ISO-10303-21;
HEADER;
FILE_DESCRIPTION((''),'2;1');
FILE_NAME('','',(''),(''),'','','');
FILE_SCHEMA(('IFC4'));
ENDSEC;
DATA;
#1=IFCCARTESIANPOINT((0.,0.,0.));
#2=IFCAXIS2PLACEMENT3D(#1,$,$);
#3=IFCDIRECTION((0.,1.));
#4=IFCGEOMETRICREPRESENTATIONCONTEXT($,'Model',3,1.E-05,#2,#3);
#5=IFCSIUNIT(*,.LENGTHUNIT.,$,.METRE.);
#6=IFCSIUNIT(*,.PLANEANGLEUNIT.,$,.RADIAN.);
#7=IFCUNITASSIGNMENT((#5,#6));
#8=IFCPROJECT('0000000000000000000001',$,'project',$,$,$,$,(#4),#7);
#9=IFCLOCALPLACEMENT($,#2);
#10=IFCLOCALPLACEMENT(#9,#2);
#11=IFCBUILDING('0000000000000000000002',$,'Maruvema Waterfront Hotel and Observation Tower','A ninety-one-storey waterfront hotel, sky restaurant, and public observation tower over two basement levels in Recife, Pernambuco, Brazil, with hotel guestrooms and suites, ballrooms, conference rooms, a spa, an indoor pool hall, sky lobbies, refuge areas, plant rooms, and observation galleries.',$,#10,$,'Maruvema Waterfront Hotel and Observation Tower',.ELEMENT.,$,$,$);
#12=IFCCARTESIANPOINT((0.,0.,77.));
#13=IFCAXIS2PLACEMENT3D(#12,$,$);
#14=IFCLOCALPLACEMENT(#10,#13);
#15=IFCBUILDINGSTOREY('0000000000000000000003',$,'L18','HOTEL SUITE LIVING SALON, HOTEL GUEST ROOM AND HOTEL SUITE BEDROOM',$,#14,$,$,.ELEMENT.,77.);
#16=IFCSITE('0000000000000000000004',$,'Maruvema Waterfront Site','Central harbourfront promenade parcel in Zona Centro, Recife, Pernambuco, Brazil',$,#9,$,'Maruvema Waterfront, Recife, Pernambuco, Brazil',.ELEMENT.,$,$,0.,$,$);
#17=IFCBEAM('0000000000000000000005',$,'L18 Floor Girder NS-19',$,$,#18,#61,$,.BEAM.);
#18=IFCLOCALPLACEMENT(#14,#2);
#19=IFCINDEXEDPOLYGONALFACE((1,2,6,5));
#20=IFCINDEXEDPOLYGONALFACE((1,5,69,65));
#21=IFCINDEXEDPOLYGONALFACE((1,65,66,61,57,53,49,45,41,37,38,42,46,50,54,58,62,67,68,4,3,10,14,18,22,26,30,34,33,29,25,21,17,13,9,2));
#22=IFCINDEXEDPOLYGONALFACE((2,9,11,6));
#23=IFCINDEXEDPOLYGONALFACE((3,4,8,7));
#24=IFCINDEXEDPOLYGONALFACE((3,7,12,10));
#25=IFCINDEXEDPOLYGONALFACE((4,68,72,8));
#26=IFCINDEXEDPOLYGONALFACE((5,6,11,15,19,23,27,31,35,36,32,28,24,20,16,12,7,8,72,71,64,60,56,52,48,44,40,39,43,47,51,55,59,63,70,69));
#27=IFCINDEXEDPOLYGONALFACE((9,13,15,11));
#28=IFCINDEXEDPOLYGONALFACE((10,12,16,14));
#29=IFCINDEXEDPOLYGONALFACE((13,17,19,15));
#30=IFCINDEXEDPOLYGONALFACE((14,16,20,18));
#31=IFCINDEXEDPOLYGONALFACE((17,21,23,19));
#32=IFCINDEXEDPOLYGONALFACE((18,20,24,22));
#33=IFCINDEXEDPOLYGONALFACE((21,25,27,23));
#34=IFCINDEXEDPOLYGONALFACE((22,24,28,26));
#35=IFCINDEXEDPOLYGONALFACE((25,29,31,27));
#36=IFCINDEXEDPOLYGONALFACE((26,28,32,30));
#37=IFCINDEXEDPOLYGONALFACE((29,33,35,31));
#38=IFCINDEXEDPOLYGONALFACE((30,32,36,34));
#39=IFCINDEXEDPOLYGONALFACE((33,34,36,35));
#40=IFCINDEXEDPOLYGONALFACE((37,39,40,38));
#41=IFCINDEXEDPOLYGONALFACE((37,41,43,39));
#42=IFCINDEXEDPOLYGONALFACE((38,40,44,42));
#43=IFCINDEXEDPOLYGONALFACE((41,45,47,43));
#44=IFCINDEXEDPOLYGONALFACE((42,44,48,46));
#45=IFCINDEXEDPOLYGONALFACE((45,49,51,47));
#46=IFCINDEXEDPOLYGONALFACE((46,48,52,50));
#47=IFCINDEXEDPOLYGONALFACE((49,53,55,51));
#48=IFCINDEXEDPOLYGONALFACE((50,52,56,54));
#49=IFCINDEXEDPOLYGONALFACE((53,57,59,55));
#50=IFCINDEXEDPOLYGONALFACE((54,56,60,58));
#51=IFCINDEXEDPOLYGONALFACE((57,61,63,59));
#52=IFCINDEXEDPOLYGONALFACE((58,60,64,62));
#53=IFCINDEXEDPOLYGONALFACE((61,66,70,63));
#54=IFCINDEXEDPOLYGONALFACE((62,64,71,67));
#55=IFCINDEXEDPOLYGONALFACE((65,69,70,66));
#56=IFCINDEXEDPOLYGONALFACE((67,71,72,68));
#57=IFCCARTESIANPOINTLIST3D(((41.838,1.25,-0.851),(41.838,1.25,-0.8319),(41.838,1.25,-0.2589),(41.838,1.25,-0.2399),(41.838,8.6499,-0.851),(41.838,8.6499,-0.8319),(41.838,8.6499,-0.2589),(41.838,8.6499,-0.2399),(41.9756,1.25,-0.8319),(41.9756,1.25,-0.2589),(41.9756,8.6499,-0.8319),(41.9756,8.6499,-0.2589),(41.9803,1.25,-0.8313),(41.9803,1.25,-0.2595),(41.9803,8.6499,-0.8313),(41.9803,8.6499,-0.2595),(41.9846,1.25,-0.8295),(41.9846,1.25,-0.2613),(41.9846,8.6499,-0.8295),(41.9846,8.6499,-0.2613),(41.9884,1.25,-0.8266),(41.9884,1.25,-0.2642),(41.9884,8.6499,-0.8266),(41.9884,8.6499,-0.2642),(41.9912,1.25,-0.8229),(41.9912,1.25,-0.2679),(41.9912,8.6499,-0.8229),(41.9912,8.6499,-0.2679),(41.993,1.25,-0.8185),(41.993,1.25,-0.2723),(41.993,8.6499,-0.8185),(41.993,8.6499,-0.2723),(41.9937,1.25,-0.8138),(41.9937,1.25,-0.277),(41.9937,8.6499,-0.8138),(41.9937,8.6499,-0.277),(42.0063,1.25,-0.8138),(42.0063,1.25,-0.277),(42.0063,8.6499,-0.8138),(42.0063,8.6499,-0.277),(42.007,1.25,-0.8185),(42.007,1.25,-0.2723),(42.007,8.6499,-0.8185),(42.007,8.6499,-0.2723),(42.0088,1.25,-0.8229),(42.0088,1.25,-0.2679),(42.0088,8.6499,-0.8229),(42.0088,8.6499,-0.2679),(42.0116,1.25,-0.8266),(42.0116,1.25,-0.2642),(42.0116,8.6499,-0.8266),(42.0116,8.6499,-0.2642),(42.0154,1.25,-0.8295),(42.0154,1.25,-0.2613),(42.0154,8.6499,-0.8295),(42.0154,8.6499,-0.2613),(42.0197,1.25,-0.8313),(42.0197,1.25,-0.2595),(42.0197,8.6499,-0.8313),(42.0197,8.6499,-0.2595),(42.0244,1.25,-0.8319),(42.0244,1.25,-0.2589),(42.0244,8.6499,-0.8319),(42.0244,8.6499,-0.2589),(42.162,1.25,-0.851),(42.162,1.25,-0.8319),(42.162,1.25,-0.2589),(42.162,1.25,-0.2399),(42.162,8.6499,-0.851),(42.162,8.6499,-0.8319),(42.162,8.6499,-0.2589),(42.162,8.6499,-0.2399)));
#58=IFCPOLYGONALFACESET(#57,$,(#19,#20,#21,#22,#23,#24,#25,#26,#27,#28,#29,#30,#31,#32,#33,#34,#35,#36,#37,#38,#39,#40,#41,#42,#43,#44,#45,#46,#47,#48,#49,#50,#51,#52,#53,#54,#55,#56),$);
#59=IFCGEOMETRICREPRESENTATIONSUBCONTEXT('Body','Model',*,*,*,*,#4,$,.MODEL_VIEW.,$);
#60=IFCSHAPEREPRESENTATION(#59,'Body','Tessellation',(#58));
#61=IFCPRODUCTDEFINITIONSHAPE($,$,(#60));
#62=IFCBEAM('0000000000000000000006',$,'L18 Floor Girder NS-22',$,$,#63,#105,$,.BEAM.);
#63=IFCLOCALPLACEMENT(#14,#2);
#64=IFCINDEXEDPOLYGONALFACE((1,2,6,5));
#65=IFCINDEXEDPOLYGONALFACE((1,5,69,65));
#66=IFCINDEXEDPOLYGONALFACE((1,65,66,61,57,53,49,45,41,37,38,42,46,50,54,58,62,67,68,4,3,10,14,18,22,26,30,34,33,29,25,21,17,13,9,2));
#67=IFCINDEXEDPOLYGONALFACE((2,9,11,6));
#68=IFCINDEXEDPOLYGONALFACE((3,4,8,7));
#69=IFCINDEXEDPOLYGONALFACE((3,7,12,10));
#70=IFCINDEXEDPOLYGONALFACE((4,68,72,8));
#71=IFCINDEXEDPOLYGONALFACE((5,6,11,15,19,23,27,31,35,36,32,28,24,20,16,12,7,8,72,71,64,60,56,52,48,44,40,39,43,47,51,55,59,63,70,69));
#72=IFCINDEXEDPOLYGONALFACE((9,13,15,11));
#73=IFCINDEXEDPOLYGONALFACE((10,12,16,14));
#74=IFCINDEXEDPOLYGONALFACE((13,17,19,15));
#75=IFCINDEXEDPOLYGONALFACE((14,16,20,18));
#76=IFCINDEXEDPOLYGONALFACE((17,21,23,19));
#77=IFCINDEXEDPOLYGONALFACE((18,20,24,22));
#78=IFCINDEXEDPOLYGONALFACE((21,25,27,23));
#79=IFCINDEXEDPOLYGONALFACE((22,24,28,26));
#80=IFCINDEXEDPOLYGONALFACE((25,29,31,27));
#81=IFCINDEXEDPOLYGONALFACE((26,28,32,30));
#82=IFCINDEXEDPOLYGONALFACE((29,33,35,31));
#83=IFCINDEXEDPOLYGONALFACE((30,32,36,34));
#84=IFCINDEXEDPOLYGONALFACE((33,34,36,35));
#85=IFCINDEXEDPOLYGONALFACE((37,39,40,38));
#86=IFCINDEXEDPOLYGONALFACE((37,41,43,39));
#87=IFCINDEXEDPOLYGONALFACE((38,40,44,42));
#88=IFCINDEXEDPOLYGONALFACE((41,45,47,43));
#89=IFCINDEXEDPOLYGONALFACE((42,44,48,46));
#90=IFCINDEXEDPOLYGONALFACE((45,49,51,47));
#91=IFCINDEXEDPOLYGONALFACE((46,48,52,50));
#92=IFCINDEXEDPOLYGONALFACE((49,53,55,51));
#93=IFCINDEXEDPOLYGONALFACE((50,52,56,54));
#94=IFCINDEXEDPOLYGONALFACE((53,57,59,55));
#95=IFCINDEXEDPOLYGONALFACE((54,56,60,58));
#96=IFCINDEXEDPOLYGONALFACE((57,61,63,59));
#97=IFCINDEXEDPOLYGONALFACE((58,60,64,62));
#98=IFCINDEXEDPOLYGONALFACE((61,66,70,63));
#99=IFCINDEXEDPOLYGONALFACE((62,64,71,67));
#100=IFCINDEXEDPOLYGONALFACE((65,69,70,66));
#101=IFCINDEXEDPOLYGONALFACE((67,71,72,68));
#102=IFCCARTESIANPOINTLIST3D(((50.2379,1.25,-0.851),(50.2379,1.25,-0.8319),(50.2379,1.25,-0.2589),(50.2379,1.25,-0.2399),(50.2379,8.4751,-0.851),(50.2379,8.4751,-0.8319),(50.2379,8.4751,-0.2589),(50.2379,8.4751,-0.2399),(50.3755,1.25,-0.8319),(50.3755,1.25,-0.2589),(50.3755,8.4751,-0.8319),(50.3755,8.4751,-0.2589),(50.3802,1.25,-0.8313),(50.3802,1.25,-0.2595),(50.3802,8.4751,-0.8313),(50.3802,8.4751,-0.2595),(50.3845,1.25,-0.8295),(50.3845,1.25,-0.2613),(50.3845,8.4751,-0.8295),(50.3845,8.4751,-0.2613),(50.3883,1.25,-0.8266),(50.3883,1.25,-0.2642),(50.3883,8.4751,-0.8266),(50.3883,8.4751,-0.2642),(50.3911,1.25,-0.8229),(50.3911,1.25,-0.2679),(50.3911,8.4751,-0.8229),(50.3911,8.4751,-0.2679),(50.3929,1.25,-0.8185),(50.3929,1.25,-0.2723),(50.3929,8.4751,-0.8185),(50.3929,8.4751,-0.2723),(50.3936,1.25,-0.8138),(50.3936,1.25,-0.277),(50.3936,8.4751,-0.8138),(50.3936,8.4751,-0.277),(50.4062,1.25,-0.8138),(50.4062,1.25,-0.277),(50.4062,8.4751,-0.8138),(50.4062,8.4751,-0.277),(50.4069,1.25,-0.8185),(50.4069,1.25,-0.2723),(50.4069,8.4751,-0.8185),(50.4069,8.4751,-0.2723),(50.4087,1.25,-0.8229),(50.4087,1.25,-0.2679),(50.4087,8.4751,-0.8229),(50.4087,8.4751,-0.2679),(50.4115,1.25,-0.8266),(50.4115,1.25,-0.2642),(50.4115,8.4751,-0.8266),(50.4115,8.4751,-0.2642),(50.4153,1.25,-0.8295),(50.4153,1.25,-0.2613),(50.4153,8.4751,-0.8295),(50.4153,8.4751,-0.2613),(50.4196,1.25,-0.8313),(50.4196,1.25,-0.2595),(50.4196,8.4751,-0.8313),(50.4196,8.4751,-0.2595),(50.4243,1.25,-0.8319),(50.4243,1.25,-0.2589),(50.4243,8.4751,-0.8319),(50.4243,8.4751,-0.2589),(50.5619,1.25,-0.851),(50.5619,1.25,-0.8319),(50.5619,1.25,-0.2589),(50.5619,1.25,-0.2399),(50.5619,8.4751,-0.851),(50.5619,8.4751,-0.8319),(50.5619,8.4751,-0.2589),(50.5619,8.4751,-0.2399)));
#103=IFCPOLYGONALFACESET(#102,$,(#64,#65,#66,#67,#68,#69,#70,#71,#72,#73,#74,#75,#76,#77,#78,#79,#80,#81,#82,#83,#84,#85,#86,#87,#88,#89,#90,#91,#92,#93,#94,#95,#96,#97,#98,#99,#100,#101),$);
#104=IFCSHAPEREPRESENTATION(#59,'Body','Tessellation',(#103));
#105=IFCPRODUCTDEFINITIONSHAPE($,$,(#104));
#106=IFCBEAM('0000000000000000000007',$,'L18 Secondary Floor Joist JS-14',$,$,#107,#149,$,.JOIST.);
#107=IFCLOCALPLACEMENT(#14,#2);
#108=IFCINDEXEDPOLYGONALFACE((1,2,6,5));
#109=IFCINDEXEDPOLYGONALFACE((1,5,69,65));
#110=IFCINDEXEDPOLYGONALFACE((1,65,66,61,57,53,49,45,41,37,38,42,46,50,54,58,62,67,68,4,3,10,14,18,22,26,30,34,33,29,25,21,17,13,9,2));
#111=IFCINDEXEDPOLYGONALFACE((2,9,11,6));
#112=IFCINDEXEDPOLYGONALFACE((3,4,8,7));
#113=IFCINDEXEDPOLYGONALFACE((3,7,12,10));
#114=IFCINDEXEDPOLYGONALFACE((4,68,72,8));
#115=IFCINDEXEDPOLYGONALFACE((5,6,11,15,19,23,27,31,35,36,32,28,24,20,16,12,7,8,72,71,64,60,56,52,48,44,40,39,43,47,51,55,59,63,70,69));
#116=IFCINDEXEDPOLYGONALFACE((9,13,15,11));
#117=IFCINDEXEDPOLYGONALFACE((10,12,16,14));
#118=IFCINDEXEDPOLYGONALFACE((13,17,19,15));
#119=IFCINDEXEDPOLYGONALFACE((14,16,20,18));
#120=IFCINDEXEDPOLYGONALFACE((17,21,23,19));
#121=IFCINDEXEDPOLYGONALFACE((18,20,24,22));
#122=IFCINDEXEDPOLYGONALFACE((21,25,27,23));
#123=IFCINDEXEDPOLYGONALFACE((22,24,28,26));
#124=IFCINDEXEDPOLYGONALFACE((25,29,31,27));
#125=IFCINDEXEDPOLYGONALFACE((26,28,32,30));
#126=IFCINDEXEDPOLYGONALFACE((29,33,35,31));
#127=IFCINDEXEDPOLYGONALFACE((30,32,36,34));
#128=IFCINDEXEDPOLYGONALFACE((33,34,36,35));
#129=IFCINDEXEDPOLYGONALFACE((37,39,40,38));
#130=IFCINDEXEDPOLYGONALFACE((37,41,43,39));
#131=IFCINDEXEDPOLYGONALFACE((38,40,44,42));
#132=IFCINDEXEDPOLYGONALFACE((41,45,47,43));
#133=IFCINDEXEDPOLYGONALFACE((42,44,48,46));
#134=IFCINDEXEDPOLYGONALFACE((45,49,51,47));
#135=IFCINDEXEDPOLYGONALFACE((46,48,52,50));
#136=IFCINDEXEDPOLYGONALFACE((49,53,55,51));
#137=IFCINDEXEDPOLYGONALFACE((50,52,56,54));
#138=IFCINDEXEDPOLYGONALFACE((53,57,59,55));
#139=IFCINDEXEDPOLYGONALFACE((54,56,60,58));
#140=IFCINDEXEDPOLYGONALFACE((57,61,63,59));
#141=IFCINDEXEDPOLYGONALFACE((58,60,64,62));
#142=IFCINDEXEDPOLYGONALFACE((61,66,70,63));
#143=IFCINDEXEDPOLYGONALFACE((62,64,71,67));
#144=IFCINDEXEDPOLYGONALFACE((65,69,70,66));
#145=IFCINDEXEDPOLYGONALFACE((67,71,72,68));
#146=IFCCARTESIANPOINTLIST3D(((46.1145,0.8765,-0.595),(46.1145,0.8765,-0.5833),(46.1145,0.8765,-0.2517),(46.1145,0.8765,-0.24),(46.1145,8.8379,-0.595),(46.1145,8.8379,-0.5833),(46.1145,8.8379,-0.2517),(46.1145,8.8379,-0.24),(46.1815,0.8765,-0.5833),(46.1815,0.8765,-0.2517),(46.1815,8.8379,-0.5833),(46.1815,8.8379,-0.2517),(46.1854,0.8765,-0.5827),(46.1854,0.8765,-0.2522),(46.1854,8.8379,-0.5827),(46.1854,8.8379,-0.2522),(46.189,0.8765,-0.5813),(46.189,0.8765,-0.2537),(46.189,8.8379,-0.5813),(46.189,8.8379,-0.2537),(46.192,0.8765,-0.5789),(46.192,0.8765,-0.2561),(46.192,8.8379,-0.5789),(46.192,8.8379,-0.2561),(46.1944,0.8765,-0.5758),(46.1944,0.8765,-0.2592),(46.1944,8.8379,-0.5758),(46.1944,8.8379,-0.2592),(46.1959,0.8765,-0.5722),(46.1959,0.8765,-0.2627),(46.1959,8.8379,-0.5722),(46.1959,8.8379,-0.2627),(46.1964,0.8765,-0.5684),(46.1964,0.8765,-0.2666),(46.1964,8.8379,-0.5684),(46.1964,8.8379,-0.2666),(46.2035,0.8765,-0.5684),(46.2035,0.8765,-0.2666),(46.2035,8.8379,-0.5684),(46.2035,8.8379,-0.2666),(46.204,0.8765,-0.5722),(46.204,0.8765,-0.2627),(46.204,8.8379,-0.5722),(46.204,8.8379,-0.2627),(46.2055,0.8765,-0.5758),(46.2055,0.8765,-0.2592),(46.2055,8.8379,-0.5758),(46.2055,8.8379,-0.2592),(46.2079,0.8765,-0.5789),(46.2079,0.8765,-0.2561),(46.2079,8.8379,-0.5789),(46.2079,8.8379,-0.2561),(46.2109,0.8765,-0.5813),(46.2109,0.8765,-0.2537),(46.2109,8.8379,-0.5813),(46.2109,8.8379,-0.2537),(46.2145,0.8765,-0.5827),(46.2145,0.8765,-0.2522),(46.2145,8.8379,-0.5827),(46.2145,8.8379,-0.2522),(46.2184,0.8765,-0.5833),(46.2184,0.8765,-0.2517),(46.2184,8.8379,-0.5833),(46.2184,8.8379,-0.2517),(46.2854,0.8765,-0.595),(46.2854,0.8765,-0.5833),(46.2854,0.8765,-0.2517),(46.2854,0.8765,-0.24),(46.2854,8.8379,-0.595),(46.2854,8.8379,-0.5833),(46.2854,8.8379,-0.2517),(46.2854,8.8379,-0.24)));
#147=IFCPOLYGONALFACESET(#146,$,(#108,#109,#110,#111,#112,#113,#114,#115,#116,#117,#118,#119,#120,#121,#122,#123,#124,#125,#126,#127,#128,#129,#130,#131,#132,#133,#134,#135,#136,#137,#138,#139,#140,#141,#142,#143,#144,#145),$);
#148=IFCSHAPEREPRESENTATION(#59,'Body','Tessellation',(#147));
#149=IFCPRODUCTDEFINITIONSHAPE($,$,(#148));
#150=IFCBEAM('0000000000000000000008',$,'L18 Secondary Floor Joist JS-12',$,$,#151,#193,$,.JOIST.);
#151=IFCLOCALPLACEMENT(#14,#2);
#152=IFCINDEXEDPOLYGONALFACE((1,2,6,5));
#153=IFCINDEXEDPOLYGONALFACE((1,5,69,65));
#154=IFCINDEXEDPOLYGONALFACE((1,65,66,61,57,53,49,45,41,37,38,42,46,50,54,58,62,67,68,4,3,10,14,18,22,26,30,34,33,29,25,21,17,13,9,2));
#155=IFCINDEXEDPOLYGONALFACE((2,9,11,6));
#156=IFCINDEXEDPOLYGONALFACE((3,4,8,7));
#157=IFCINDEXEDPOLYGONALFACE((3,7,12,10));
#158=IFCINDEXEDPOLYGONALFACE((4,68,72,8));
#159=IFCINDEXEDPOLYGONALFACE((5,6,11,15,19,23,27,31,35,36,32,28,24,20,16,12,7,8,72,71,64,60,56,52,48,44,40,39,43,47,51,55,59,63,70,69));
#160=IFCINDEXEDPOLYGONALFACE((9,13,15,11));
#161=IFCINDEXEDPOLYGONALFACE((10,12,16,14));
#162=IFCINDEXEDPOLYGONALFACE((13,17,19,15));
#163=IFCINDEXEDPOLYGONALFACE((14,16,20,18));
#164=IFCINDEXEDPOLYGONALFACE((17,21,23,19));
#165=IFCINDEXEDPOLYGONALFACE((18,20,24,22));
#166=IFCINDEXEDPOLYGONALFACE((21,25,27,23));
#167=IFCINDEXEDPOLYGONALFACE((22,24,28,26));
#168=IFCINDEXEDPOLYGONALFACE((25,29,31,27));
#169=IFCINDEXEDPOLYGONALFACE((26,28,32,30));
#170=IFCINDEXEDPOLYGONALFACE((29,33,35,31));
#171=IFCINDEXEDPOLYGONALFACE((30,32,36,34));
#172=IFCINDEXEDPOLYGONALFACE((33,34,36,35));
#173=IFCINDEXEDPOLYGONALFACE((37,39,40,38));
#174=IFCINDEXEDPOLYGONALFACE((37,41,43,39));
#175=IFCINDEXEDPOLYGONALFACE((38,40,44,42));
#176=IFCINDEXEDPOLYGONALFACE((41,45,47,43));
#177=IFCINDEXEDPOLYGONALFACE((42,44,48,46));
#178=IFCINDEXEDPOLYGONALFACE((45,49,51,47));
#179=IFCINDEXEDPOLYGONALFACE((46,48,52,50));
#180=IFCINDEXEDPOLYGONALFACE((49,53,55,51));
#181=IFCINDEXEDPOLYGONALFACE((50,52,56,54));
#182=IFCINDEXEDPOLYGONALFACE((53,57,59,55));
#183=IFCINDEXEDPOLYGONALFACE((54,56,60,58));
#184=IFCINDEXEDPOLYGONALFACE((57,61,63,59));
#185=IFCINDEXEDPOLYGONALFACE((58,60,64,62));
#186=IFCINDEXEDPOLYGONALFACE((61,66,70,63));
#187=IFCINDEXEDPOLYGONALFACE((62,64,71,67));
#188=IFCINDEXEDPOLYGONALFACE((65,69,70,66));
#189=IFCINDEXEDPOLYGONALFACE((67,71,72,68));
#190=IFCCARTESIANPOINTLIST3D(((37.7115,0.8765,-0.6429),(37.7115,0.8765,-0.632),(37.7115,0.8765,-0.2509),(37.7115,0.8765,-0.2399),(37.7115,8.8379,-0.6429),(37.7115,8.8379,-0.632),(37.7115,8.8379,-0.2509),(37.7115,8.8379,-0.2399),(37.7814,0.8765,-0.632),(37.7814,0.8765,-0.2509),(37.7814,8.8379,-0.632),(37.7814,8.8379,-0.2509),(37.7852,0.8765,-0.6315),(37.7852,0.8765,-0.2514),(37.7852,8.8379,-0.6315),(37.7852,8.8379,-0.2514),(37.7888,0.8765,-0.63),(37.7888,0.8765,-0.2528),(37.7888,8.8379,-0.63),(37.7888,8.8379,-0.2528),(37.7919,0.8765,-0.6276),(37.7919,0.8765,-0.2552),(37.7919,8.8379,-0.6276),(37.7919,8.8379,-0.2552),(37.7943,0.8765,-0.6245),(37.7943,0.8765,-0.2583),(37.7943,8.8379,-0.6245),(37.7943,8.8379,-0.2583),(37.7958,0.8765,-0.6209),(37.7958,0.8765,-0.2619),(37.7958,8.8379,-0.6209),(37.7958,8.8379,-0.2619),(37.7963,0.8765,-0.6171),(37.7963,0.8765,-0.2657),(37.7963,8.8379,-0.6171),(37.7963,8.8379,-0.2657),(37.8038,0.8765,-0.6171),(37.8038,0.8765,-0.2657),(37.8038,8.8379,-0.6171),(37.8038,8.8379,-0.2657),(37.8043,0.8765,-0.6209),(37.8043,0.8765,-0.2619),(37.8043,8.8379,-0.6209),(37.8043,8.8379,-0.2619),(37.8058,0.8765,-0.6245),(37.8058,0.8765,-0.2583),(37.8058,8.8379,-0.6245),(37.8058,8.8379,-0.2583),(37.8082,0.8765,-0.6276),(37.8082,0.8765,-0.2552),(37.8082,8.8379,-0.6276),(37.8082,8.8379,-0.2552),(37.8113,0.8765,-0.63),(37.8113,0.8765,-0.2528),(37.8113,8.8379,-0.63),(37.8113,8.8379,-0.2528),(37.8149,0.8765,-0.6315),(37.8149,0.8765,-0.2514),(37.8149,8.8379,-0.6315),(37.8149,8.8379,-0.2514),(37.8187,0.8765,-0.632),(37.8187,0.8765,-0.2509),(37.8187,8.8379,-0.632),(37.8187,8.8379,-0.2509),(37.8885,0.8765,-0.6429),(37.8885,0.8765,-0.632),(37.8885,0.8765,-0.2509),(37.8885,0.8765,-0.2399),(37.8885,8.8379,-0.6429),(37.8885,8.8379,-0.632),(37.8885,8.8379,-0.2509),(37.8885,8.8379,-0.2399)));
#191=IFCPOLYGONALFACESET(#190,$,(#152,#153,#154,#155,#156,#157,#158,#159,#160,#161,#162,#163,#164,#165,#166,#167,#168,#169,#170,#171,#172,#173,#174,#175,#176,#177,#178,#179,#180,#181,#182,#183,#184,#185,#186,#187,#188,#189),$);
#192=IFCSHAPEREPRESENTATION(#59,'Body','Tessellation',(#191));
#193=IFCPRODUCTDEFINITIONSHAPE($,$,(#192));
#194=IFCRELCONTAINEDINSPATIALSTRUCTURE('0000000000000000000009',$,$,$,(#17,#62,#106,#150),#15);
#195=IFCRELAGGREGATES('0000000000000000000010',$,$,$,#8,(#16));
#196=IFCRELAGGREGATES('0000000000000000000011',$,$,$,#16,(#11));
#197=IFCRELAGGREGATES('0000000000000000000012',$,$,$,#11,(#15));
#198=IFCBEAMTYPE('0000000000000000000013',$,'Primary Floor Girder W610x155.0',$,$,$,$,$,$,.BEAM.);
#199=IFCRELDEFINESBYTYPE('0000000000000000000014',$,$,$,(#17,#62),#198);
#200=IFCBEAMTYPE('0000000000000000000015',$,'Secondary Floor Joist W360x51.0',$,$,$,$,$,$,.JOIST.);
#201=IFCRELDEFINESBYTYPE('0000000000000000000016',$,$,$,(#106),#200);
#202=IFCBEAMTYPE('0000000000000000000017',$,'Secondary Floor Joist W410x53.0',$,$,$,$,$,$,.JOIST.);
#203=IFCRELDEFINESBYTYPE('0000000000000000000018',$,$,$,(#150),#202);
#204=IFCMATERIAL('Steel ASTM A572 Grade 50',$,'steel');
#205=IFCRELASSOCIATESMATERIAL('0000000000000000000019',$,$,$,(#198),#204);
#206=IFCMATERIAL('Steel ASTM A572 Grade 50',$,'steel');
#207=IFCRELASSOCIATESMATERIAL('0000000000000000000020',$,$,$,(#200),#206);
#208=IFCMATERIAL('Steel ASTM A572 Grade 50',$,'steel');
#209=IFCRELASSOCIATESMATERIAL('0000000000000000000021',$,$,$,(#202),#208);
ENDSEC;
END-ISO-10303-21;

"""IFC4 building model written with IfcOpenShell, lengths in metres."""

from ifc_helpers import new_model, si_unit, direction, frame, origin, origin_2d, place, context, subcontext, project, spatial, i_section, extrude, material, material_profile, profile_set, type_object, element, save


model = new_model("IFC4")

# Units and contexts
model_context = context("Model", 3, precision=1e-05, world=origin(), true_north=direction((0.0, 1.0)))
body_context = subcontext(model_context, "Body", "Model", "MODEL_VIEW")
ifc_project = project(units=[si_unit("LENGTHUNIT", "METRE"), si_unit("PLANEANGLEUNIT", "RADIAN")], contexts=[model_context])

# Site, building, storey
site_placement = place(None, origin())
site = spatial("IfcSite", under=ifc_project, at=site_placement, Name="Maruvema Waterfront Site", Description="Central harbourfront promenade parcel in Zona Centro, Recife, Pernambuco, Brazil", LongName="Maruvema Waterfront, Recife, Pernambuco, Brazil", CompositionType="ELEMENT", RefElevation=0.0)
building_placement = place(site_placement, origin())
building = spatial("IfcBuilding", under=site, at=building_placement, Name="Maruvema Waterfront Hotel and Observation Tower", Description="A ninety-one-storey waterfront hotel, sky restaurant, and public observation tower over two basement levels in Recife, Pernambuco, Brazil, with hotel guestrooms and suites, ballrooms, conference rooms, a spa, an indoor pool hall, sky lobbies, refuge areas, plant rooms, and observation galleries.", LongName="Maruvema Waterfront Hotel and Observation Tower", CompositionType="ELEMENT")
storey_placement = place(building_placement, frame((0.0, 0.0, 77.0)))
storey = spatial("IfcBuildingStorey", under=building, at=storey_placement, Name="L18", Description="HOTEL SUITE LIVING SALON, HOTEL GUEST ROOM AND HOTEL SUITE BEDROOM", CompositionType="ELEMENT", Elevation=77.0)

# Beams
ifc_material_1 = material(Name="Steel ASTM A572 Grade 50", Category="steel")
ifc_material_profile_1 = material_profile(ifc_material_1, i_section(OverallWidth=0.324, OverallDepth=0.6111, WebThickness=0.0127, FlangeThickness=0.019, FilletRadius=0.0181, at=origin_2d()), Name="W610x155.0")
ifc_profile_set_1 = profile_set([ifc_material_profile_1], Name="Steel ASTM A572 Grade 50")
beam_type_1 = type_object("IfcBeamType", Name="Primary Floor Girder W610x155.0", PredefinedType="BEAM", material=ifc_profile_set_1)
beam_1_placement = place(storey_placement, frame((42.0, 1.25, -0.5454), z_axis=(0.0, 1.0, 0.0), x_axis=(-1.0, 0.0, 0.0)))
element("IfcBeam", 1, at=beam_1_placement, inside=storey, type_object=beam_type_1, Name="L18 Floor Girder NS-19", PredefinedType="BEAM", context=body_context, shape_type="SweptSolid", body=[
    extrude(i_section(OverallWidth=0.324, OverallDepth=0.6111, WebThickness=0.0127, FlangeThickness=0.019, FilletRadius=0.0181, at=origin_2d()), origin(), (0.0, 0.0, 1.0), 7.3999),
])
beam_2_placement = place(storey_placement, frame((50.3999, 1.25, -0.5454), z_axis=(0.0, 1.0, 0.0), x_axis=(-1.0, 0.0, 0.0)))
element("IfcBeam", 2, at=beam_2_placement, inside=storey, type_object=beam_type_1, Name="L18 Floor Girder NS-22", PredefinedType="BEAM", context=body_context, shape_type="SweptSolid", body=[
    extrude(i_section(OverallWidth=0.324, OverallDepth=0.6111, WebThickness=0.0127, FlangeThickness=0.019, FilletRadius=0.0181, at=origin_2d()), origin(), (0.0, 0.0, 1.0), 7.2251),
])
ifc_material_2 = material(Name="Steel ASTM A572 Grade 50", Category="steel")
ifc_material_profile_2 = material_profile(ifc_material_2, i_section(OverallWidth=0.1709, OverallDepth=0.355, WebThickness=0.0071, FlangeThickness=0.0117, FilletRadius=0.0149, at=origin_2d()), Name="W360x51.0")
ifc_profile_set_2 = profile_set([ifc_material_profile_2], Name="Steel ASTM A572 Grade 50")
beam_type_2 = type_object("IfcBeamType", Name="Secondary Floor Joist W360x51.0", PredefinedType="JOIST", material=ifc_profile_set_2)
beam_3_placement = place(storey_placement, frame((46.2, 0.8765, -0.4175), z_axis=(0.0, 1.0, 0.0), x_axis=(-1.0, 0.0, 0.0)))
element("IfcBeam", 3, at=beam_3_placement, inside=storey, type_object=beam_type_2, Name="L18 Secondary Floor Joist JS-14", PredefinedType="JOIST", context=body_context, shape_type="SweptSolid", body=[
    extrude(i_section(OverallWidth=0.1709, OverallDepth=0.355, WebThickness=0.0071, FlangeThickness=0.0117, FilletRadius=0.0149, at=origin_2d()), origin(), (0.0, 0.0, 1.0), 7.9614),
])
ifc_material_3 = material(Name="Steel ASTM A572 Grade 50", Category="steel")
ifc_material_profile_3 = material_profile(ifc_material_3, i_section(OverallWidth=0.177, OverallDepth=0.4031, WebThickness=0.0076, FlangeThickness=0.011, FilletRadius=0.0149, at=origin_2d()), Name="W410x53.0")
ifc_profile_set_3 = profile_set([ifc_material_profile_3], Name="Steel ASTM A572 Grade 50")
beam_type_3 = type_object("IfcBeamType", Name="Secondary Floor Joist W410x53.0", PredefinedType="JOIST", material=ifc_profile_set_3)
beam_4_placement = place(storey_placement, frame((37.8, 0.8765, -0.4414), z_axis=(0.0, 1.0, 0.0), x_axis=(-1.0, 0.0, 0.0)))
element("IfcBeam", 4, at=beam_4_placement, inside=storey, type_object=beam_type_3, Name="L18 Secondary Floor Joist JS-12", PredefinedType="JOIST", context=body_context, shape_type="SweptSolid", body=[
    extrude(i_section(OverallWidth=0.177, OverallDepth=0.4031, WebThickness=0.0076, FlangeThickness=0.011, FilletRadius=0.0149, at=origin_2d()), origin(), (0.0, 0.0, 1.0), 7.9614),
])

save(model, "model.ifc")
